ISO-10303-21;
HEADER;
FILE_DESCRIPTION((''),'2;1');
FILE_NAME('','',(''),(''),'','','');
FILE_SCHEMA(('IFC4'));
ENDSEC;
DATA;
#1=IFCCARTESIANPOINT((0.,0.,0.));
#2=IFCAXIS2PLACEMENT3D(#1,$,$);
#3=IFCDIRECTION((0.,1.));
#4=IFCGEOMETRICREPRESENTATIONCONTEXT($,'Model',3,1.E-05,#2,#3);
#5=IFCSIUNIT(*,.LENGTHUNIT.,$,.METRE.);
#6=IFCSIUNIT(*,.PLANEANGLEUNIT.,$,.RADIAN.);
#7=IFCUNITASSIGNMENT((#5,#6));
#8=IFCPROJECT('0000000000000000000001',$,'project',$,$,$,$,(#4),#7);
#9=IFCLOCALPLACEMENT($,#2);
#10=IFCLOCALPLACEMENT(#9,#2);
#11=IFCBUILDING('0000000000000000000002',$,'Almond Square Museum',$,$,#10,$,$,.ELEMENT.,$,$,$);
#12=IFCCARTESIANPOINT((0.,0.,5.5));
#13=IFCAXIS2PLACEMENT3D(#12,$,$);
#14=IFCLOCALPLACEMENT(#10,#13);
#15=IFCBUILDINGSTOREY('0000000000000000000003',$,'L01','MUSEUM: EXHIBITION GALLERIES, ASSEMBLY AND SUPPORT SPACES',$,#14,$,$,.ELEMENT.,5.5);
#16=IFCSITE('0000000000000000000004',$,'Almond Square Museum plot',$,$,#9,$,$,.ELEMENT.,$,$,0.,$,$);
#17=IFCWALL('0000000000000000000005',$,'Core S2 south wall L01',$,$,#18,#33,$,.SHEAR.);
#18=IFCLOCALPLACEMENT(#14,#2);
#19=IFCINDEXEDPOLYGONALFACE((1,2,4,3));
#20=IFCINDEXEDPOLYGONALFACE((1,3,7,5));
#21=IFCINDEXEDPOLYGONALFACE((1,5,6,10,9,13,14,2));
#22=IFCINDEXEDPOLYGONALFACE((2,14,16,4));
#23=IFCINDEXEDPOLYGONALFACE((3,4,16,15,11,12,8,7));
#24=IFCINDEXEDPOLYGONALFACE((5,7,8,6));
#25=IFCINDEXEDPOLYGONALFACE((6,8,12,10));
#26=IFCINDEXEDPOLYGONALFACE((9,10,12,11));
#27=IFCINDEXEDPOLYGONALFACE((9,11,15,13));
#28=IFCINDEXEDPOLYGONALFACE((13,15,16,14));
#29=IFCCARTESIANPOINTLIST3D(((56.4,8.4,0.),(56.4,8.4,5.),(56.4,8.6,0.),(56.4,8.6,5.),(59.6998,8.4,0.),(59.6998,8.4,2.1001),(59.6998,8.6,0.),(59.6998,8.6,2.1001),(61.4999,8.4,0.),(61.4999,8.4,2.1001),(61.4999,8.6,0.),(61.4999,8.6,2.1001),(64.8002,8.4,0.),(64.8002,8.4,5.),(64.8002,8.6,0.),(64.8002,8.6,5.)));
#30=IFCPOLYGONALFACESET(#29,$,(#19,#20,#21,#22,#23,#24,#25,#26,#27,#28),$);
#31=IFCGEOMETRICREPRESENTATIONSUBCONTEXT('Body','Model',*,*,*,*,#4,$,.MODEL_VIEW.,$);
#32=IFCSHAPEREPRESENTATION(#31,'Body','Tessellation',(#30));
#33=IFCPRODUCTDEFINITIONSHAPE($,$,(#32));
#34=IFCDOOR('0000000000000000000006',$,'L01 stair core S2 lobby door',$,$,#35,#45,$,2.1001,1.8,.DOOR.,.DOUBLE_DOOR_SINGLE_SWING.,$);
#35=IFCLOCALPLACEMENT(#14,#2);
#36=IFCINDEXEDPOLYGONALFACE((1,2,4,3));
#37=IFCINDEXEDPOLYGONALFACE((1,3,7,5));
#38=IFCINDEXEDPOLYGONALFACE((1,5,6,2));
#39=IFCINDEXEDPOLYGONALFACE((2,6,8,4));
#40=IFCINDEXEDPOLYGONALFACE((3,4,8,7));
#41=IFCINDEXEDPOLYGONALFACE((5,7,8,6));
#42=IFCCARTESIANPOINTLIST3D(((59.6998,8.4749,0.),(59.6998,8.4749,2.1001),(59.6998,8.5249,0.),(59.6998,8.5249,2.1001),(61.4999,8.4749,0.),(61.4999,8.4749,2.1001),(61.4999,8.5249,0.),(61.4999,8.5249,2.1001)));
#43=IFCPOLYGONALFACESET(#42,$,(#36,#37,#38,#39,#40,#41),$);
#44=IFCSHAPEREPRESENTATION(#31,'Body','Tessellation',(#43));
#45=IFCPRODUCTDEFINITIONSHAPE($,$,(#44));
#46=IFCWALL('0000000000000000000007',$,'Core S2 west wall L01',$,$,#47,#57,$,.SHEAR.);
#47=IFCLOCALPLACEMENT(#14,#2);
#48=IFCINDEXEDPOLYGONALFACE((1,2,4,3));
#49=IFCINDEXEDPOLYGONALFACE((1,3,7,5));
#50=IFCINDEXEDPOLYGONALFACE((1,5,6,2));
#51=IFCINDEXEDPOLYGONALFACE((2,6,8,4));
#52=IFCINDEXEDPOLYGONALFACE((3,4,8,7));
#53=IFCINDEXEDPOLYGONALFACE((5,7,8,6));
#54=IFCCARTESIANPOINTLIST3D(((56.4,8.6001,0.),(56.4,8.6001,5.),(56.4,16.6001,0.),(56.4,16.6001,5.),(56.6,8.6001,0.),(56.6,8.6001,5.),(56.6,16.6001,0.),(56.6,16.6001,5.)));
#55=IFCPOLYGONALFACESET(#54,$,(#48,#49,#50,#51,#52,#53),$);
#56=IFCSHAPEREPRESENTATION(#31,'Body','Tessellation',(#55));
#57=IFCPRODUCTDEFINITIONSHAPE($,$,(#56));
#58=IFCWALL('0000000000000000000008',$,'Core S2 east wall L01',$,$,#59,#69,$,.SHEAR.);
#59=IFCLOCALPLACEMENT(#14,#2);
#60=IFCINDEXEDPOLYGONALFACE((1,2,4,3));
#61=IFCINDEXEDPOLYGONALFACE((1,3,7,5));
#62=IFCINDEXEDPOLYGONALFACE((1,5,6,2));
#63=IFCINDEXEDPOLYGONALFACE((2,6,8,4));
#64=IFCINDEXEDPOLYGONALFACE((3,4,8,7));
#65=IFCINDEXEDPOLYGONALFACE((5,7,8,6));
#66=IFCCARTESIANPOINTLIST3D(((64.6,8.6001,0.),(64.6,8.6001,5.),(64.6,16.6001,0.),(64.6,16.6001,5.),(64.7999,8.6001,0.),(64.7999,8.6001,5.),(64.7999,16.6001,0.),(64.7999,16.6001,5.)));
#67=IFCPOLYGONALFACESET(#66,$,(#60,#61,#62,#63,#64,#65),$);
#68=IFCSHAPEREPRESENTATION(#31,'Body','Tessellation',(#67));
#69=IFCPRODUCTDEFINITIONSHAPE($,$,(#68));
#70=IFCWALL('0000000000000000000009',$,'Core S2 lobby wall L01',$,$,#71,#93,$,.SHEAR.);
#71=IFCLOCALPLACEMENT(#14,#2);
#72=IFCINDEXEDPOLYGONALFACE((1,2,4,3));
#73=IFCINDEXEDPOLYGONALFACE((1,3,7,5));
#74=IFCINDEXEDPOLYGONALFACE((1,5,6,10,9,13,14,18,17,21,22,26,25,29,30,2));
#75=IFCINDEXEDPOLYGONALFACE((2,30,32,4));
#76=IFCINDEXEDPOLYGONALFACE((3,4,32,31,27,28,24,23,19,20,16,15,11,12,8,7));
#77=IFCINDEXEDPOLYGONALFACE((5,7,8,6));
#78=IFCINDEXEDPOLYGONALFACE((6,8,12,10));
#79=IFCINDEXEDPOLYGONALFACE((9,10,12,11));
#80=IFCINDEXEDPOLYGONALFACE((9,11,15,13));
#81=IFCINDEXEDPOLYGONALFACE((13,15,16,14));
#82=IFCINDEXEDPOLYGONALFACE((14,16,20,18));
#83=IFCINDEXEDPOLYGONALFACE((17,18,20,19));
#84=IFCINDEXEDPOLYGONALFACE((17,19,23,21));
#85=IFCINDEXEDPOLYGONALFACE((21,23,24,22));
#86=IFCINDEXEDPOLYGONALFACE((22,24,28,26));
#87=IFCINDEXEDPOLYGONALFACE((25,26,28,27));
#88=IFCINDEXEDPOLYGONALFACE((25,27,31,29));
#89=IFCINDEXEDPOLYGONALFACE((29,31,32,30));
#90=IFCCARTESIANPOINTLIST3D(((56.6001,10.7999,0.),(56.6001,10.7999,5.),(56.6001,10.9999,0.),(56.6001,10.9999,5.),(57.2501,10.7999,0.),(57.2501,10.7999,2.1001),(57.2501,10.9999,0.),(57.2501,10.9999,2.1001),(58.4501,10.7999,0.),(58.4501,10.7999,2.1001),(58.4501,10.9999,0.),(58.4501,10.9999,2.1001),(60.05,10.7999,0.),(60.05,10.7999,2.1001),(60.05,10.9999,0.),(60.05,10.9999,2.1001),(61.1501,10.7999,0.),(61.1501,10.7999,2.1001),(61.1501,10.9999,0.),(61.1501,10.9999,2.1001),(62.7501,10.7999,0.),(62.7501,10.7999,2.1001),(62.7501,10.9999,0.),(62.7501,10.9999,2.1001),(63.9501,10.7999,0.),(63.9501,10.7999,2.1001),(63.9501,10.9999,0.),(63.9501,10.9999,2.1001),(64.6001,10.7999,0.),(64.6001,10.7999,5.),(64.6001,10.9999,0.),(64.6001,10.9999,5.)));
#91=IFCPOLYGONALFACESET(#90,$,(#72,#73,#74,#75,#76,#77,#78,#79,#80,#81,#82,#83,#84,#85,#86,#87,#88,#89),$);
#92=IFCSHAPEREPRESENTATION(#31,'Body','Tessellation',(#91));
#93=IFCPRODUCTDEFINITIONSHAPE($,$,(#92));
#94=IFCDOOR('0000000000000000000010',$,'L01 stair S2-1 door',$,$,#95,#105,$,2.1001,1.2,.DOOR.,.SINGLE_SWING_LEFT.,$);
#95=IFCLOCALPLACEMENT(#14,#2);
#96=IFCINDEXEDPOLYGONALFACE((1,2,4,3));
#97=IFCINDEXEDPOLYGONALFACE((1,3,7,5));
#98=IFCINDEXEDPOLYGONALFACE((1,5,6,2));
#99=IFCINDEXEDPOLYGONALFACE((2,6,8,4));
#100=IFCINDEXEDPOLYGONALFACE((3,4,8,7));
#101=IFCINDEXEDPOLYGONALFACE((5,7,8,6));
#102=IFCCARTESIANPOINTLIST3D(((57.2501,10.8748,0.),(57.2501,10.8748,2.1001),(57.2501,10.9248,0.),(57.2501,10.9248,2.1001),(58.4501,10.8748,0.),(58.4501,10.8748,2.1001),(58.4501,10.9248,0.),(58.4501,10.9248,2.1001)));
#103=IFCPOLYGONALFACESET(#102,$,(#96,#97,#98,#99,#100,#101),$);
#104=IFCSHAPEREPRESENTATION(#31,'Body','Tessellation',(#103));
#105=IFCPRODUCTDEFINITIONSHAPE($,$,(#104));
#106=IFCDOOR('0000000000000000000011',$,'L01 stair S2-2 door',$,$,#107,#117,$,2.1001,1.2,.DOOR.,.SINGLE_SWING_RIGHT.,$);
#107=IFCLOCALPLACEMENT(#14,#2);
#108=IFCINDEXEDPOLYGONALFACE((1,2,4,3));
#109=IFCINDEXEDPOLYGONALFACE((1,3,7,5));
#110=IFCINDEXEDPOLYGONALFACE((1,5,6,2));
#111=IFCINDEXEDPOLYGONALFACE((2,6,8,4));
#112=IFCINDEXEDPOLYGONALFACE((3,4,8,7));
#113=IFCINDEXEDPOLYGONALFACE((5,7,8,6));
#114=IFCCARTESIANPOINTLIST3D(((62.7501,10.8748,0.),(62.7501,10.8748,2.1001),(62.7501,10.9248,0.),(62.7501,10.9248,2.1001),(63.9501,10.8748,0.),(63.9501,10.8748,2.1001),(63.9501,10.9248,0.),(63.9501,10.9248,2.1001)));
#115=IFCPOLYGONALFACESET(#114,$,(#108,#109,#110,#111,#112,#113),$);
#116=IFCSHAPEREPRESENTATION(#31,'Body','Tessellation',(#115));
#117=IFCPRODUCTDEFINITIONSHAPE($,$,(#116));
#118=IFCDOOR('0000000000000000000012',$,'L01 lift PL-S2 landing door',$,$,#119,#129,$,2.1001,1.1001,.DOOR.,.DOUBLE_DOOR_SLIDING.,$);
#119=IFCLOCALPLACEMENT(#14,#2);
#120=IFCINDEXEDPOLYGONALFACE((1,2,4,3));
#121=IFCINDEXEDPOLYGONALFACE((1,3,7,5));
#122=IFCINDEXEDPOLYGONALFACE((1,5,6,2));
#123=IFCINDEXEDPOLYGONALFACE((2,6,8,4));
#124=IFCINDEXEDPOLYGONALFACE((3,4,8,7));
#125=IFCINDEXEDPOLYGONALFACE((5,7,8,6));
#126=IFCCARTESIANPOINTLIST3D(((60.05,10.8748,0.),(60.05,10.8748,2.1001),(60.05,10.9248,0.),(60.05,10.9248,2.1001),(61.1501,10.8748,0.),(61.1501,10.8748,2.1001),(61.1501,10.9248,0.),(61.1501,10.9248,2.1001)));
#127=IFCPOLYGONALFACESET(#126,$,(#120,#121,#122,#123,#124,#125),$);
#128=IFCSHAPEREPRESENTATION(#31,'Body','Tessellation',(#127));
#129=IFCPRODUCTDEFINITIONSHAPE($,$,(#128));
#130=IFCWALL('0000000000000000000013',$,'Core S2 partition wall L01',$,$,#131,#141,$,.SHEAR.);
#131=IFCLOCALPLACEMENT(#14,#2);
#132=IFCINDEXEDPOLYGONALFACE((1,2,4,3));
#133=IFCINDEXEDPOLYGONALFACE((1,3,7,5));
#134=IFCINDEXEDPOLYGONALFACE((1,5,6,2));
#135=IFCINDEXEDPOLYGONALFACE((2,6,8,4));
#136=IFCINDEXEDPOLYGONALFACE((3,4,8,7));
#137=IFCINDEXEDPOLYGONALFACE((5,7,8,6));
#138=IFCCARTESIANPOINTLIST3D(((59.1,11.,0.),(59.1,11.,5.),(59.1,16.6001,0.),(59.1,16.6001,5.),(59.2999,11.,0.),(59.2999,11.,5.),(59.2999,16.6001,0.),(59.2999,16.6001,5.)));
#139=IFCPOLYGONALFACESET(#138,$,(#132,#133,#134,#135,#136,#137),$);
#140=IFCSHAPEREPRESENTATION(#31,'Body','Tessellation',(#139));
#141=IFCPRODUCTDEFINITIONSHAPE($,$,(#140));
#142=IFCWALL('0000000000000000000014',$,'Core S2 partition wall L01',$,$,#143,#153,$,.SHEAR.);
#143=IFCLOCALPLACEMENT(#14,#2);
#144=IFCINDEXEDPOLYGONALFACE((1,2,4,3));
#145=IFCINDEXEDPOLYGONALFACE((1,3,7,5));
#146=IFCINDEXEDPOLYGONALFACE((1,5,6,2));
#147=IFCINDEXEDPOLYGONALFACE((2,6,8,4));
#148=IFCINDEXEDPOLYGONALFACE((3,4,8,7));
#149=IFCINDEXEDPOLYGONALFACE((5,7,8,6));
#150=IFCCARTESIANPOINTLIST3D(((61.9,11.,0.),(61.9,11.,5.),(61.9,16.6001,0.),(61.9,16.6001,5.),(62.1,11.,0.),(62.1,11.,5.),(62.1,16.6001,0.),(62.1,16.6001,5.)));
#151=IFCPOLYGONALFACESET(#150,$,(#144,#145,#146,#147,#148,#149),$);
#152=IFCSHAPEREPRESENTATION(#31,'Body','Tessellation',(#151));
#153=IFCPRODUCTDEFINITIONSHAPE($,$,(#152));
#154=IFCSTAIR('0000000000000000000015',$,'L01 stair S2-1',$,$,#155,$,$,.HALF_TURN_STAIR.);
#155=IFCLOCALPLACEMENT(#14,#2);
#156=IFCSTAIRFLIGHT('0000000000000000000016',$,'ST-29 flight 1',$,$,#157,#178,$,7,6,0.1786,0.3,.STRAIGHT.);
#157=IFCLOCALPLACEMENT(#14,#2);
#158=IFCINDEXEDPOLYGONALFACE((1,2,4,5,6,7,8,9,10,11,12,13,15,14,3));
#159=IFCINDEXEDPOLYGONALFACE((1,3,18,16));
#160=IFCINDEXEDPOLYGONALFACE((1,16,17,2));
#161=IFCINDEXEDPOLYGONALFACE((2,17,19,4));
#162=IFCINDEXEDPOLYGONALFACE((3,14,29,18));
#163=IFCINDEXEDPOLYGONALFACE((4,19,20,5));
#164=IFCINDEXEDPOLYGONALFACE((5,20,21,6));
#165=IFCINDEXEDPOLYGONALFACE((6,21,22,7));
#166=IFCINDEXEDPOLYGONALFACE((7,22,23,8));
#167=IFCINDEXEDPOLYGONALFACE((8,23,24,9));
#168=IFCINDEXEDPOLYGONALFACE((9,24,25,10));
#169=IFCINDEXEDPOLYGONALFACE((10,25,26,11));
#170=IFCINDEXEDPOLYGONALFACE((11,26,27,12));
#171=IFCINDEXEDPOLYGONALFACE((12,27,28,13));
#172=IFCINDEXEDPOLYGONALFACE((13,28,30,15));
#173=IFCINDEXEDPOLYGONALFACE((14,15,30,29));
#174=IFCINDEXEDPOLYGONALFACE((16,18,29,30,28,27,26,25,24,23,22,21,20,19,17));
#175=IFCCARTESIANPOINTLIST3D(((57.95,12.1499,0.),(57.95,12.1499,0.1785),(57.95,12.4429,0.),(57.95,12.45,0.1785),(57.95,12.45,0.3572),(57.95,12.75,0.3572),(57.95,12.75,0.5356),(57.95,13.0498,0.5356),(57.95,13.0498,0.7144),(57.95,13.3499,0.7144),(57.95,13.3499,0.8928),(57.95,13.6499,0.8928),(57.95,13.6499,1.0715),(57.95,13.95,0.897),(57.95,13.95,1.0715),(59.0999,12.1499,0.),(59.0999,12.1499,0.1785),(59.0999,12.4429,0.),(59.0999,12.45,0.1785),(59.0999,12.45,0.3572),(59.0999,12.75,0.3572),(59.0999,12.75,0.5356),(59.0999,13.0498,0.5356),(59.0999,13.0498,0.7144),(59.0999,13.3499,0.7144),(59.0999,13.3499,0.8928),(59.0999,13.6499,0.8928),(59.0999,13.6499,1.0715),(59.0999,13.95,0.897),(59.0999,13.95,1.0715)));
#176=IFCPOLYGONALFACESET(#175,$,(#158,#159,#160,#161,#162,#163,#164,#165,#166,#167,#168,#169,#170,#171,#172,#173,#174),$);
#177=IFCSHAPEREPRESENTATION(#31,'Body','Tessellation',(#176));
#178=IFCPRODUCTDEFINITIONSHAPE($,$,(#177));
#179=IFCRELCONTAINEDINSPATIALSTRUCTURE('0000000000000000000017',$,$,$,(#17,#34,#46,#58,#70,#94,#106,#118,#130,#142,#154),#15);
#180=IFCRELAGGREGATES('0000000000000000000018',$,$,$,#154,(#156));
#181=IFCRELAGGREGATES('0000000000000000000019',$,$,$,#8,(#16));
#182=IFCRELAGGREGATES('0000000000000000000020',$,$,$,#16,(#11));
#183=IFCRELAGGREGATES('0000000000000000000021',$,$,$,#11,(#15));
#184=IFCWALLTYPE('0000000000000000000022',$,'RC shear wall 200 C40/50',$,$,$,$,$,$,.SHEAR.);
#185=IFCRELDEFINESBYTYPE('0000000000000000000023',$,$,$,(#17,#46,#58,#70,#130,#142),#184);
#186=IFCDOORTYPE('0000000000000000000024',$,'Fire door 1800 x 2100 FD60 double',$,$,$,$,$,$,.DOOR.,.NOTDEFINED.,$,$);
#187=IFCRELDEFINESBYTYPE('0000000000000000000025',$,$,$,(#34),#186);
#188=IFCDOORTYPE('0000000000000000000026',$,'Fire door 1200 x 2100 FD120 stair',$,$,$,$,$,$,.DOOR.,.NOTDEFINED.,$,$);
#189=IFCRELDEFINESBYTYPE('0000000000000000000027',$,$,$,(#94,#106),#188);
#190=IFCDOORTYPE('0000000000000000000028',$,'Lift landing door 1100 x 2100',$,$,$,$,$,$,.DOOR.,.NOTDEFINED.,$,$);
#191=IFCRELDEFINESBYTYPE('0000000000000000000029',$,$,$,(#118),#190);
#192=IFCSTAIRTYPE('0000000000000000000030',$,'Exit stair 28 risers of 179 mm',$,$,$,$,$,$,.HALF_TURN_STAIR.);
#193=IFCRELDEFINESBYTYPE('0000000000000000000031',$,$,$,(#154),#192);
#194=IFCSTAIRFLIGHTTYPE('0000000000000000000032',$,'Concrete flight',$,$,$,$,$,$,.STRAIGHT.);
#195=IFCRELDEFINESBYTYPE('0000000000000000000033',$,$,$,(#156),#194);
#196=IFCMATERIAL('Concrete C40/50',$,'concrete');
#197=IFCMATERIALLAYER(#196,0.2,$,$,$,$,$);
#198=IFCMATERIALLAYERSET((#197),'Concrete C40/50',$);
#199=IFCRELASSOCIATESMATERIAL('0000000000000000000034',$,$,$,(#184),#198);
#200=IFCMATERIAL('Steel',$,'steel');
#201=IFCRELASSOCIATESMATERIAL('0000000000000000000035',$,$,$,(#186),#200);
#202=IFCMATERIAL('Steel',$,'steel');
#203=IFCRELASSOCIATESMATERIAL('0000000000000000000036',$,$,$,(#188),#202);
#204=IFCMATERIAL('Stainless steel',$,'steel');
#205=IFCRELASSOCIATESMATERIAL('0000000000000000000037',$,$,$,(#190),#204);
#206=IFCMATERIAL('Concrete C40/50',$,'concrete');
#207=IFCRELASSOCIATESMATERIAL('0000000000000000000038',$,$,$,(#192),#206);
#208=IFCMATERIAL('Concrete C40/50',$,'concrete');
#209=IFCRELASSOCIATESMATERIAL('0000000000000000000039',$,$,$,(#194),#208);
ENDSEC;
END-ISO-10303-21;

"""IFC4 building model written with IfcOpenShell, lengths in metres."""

from ifc_helpers import new_model, si_unit, direction, frame, frame_2d, origin, place, context, subcontext, project, spatial, polyline, rectangle, outline, extrude, material, layer, layer_set, type_object, element, fill, aggregate, save


model = new_model("IFC4")

# Units and contexts
model_context = context("Model", 3, precision=1e-05, world=origin(), true_north=direction((0.0, 1.0)))
body_context = subcontext(model_context, "Body", "Model", "MODEL_VIEW")
ifc_project = project(units=[si_unit("LENGTHUNIT", "METRE"), si_unit("PLANEANGLEUNIT", "RADIAN")], contexts=[model_context])

# Site, building, storey
site_placement = place(None, origin())
site = spatial("IfcSite", under=ifc_project, at=site_placement, Name="Almond Square Museum plot", CompositionType="ELEMENT", RefElevation=0.0)
building_placement = place(site_placement, origin())
building = spatial("IfcBuilding", under=site, at=building_placement, Name="Almond Square Museum", CompositionType="ELEMENT")
storey_placement = place(building_placement, frame((0.0, 0.0, 5.5)))
storey = spatial("IfcBuildingStorey", under=building, at=storey_placement, Name="L01", Description="MUSEUM: EXHIBITION GALLERIES, ASSEMBLY AND SUPPORT SPACES", CompositionType="ELEMENT", Elevation=5.5)

# Wall, opening, door
ifc_material_1 = material(Name="Concrete C40/50", Category="concrete")
ifc_layer_1 = layer(ifc_material_1, 0.2)
ifc_layer_set_1 = layer_set([ifc_layer_1], Name="Concrete C40/50")
wall_type_1 = type_object("IfcWallType", Name="RC shear wall 200 C40/50", PredefinedType="SHEAR", material=ifc_layer_set_1)
wall_1_placement = place(storey_placement, frame((56.3999, 8.5, 0.0), z_axis=(0.0, 0.0, 1.0), x_axis=(1.0, 0.0, 0.0)))
wall_1 = element("IfcWall", 1, at=wall_1_placement, inside=storey, type_object=wall_type_1, Name="Core S2 south wall L01", PredefinedType="SHEAR", context=body_context, shape_type="SweptSolid", body=[
    extrude(rectangle(XDim=8.4001, YDim=0.2, at=frame_2d((4.2002, 0.0))), origin(), (0.0, 0.0, 1.0), 5.0),
])
opening_1_placement = place(wall_1_placement, frame((3.3, 0.0, 0.0)))
opening_1 = element("IfcOpeningElement", 2, at=opening_1_placement, cuts=wall_1, PredefinedType="OPENING", context=body_context, shape_type="SweptSolid", body=[
    extrude(rectangle(XDim=1.8, YDim=2.1001, at=frame_2d((0.8999, 1.05))), frame((0.0, 0.1099, 0.0), z_axis=(0.0, -1.0, 0.0), x_axis=(1.0, 0.0, 0.0)), (0.0, 0.0, 1.0), 0.22),
])
ifc_material_2 = material(Name="Steel", Category="steel")
door_type_1 = type_object("IfcDoorType", Name="Fire door 1800 x 2100 FD60 double", OperationType="NOTDEFINED", PredefinedType="DOOR", material=ifc_material_2)
door_1_placement = place(opening_1_placement, origin())
door_1 = element("IfcDoor", 3, at=door_1_placement, inside=storey, type_object=door_type_1, Name="L01 stair core S2 lobby door", OperationType="DOUBLE_DOOR_SINGLE_SWING", OverallHeight=2.1001, OverallWidth=1.8, PredefinedType="DOOR", context=body_context, shape_type="SweptSolid", body=[
    extrude(rectangle(XDim=1.8, YDim=2.1001, at=frame_2d((0.8999, 1.05))), frame((0.0, 0.0249, 0.0), z_axis=(0.0, -1.0, 0.0), x_axis=(1.0, 0.0, 0.0)), (0.0, 0.0, 1.0), 0.05),
])
fill(opening_1, door_1)

# Walls
for number, where, z_axis, x_axis, name in (
    (4, (56.5, 8.6001, 0.0), (0.0, 0.0, 1.0), (0.0, 1.0, 0.0), "Core S2 west wall L01"),
    (5, (64.7, 8.6001, 0.0), (0.0, 0.0, 1.0), (0.0, 1.0, 0.0), "Core S2 east wall L01"),
):
    element("IfcWall", number, at=place(storey_placement, frame(where, z_axis=z_axis, x_axis=x_axis)), inside=storey, type_object=wall_type_1, Name=name, PredefinedType="SHEAR", context=body_context, shape_type="SweptSolid", body=[
        extrude(rectangle(XDim=8.0, YDim=0.2, at=frame_2d((4.0, 0.0))), origin(), (0.0, 0.0, 1.0), 5.0),
    ])

# Wall, openings, doors
wall_2_placement = place(storey_placement, frame((56.6001, 10.8999, 0.0), z_axis=(0.0, 0.0, 1.0), x_axis=(1.0, 0.0, 0.0)))
wall_2 = element("IfcWall", 6, at=wall_2_placement, inside=storey, type_object=wall_type_1, Name="Core S2 lobby wall L01", PredefinedType="SHEAR", context=body_context, shape_type="SweptSolid", body=[
    extrude(rectangle(XDim=8.0, YDim=0.2, at=frame_2d((4.0, 0.0))), origin(), (0.0, 0.0, 1.0), 5.0),
])
opening_2_placement = place(wall_2_placement, frame((0.6499, 0.0, 0.0)))
opening_2 = element("IfcOpeningElement", 7, at=opening_2_placement, cuts=wall_2, PredefinedType="OPENING", context=body_context, shape_type="SweptSolid", body=[
    extrude(rectangle(XDim=1.2, YDim=2.1001, at=frame_2d((0.6001, 1.05))), frame((0.0, 0.1099, 0.0), z_axis=(0.0, -1.0, 0.0), x_axis=(1.0, 0.0, 0.0)), (0.0, 0.0, 1.0), 0.22),
])
opening_3_placement = place(wall_2_placement, frame((6.1499, 0.0, 0.0)))
opening_3 = element("IfcOpeningElement", 8, at=opening_3_placement, cuts=wall_2, PredefinedType="OPENING", context=body_context, shape_type="SweptSolid", body=[
    extrude(rectangle(XDim=1.2, YDim=2.1001, at=frame_2d((0.6001, 1.05))), frame((0.0, 0.1099, 0.0), z_axis=(0.0, -1.0, 0.0), x_axis=(1.0, 0.0, 0.0)), (0.0, 0.0, 1.0), 0.22),
])
opening_4_placement = place(wall_2_placement, frame((3.45, 0.0, 0.0)))
opening_4 = element("IfcOpeningElement", 9, at=opening_4_placement, cuts=wall_2, PredefinedType="OPENING", context=body_context, shape_type="SweptSolid", body=[
    extrude(rectangle(XDim=1.1001, YDim=2.1001, at=frame_2d((0.55, 1.05))), frame((0.0, 0.1099, 0.0), z_axis=(0.0, -1.0, 0.0), x_axis=(1.0, 0.0, 0.0)), (0.0, 0.0, 1.0), 0.22),
])
ifc_material_3 = material(Name="Steel", Category="steel")
door_type_2 = type_object("IfcDoorType", Name="Fire door 1200 x 2100 FD120 stair", OperationType="NOTDEFINED", PredefinedType="DOOR", material=ifc_material_3)
door_2_placement = place(opening_2_placement, origin())
door_2 = element("IfcDoor", 10, at=door_2_placement, inside=storey, type_object=door_type_2, Name="L01 stair S2-1 door", OperationType="SINGLE_SWING_LEFT", OverallHeight=2.1001, OverallWidth=1.2, PredefinedType="DOOR", context=body_context, shape_type="SweptSolid", body=[
    extrude(rectangle(XDim=1.2, YDim=2.1001, at=frame_2d((0.6001, 1.05))), frame((0.0, 0.0249, 0.0), z_axis=(0.0, -1.0, 0.0), x_axis=(1.0, 0.0, 0.0)), (0.0, 0.0, 1.0), 0.05),
])
fill(opening_2, door_2)
door_3_placement = place(opening_3_placement, origin())
door_3 = element("IfcDoor", 11, at=door_3_placement, inside=storey, type_object=door_type_2, Name="L01 stair S2-2 door", OperationType="SINGLE_SWING_RIGHT", OverallHeight=2.1001, OverallWidth=1.2, PredefinedType="DOOR", context=body_context, shape_type="SweptSolid", body=[
    extrude(rectangle(XDim=1.2, YDim=2.1001, at=frame_2d((0.6001, 1.05))), frame((0.0, 0.0249, 0.0), z_axis=(0.0, -1.0, 0.0), x_axis=(1.0, 0.0, 0.0)), (0.0, 0.0, 1.0), 0.05),
])
fill(opening_3, door_3)
ifc_material_4 = material(Name="Stainless steel", Category="steel")
door_type_3 = type_object("IfcDoorType", Name="Lift landing door 1100 x 2100", OperationType="NOTDEFINED", PredefinedType="DOOR", material=ifc_material_4)
door_4_placement = place(opening_4_placement, origin())
door_4 = element("IfcDoor", 12, at=door_4_placement, inside=storey, type_object=door_type_3, Name="L01 lift PL-S2 landing door", OperationType="DOUBLE_DOOR_SLIDING", OverallHeight=2.1001, OverallWidth=1.1001, PredefinedType="DOOR", context=body_context, shape_type="SweptSolid", body=[
    extrude(rectangle(XDim=1.1001, YDim=2.1001, at=frame_2d((0.55, 1.05))), frame((0.0, 0.0249, 0.0), z_axis=(0.0, -1.0, 0.0), x_axis=(1.0, 0.0, 0.0)), (0.0, 0.0, 1.0), 0.05),
])
fill(opening_4, door_4)

# Walls
for number, where, z_axis, x_axis, name in (
    (13, (59.2, 11.0, 0.0), (0.0, 0.0, 1.0), (0.0, 1.0, 0.0), "Core S2 partition wall L01"),
    (14, (62.0, 11.0, 0.0), (0.0, 0.0, 1.0), (0.0, 1.0, 0.0), "Core S2 partition wall L01"),
):
    element("IfcWall", number, at=place(storey_placement, frame(where, z_axis=z_axis, x_axis=x_axis)), inside=storey, type_object=wall_type_1, Name=name, PredefinedType="SHEAR", context=body_context, shape_type="SweptSolid", body=[
        extrude(rectangle(XDim=5.6001, YDim=0.2, at=frame_2d((2.8, 0.0))), origin(), (0.0, 0.0, 1.0), 5.0),
    ])

# Stair, stair flight
ifc_material_5 = material(Name="Concrete C40/50", Category="concrete")
stair_type = type_object("IfcStairType", Name="Exit stair 28 risers of 179 mm", PredefinedType="HALF_TURN_STAIR", material=ifc_material_5)
stair_placement = place(storey_placement, origin())
stair = element("IfcStair", 15, at=stair_placement, inside=storey, type_object=stair_type, Name="L01 stair S2-1", PredefinedType="HALF_TURN_STAIR")
ifc_material_6 = material(Name="Concrete C40/50", Category="concrete")
stair_flight_type = type_object("IfcStairFlightType", Name="Concrete flight", PredefinedType="STRAIGHT", material=ifc_material_6)
stair_flight_1_placement = place(storey_placement, frame((58.5249, 12.1499, 0.0), z_axis=(0.0, 0.0, 1.0), x_axis=(0.0, 1.0, 0.0)))
stair_flight_1 = element("IfcStairFlight", 16, at=stair_flight_1_placement, type_object=stair_flight_type, Name="ST-29 flight 1", NumberOfRisers=7, NumberOfTreads=6, PredefinedType="STRAIGHT", RiserHeight=0.1786, TreadLength=0.3, context=body_context, shape_type="SweptSolid", body=[
    extrude(outline(polyline([(0.0, 0.0), (0.0, 0.1785), (0.3, 0.1785), (0.3, 0.3572), (0.6001, 0.3572), (0.6001, 0.5356), (0.8999, 0.5356), (0.8999, 0.7144), (1.2, 0.7144), (1.2, 0.8928), (1.5, 0.8928), (1.5, 1.0715), (1.8, 1.0715), (1.8, 1.25), (1.8, 0.897), (0.293, 0.0), (0.0, 0.0)])), frame((0.0, 0.575, 0.0), z_axis=(0.0, -1.0, 0.0), x_axis=(1.0, 0.0, 0.0)), (0.0, 0.0, 1.0), 1.1499),
])
aggregate(stair, [stair_flight_1])

save(model, "model.ifc")
